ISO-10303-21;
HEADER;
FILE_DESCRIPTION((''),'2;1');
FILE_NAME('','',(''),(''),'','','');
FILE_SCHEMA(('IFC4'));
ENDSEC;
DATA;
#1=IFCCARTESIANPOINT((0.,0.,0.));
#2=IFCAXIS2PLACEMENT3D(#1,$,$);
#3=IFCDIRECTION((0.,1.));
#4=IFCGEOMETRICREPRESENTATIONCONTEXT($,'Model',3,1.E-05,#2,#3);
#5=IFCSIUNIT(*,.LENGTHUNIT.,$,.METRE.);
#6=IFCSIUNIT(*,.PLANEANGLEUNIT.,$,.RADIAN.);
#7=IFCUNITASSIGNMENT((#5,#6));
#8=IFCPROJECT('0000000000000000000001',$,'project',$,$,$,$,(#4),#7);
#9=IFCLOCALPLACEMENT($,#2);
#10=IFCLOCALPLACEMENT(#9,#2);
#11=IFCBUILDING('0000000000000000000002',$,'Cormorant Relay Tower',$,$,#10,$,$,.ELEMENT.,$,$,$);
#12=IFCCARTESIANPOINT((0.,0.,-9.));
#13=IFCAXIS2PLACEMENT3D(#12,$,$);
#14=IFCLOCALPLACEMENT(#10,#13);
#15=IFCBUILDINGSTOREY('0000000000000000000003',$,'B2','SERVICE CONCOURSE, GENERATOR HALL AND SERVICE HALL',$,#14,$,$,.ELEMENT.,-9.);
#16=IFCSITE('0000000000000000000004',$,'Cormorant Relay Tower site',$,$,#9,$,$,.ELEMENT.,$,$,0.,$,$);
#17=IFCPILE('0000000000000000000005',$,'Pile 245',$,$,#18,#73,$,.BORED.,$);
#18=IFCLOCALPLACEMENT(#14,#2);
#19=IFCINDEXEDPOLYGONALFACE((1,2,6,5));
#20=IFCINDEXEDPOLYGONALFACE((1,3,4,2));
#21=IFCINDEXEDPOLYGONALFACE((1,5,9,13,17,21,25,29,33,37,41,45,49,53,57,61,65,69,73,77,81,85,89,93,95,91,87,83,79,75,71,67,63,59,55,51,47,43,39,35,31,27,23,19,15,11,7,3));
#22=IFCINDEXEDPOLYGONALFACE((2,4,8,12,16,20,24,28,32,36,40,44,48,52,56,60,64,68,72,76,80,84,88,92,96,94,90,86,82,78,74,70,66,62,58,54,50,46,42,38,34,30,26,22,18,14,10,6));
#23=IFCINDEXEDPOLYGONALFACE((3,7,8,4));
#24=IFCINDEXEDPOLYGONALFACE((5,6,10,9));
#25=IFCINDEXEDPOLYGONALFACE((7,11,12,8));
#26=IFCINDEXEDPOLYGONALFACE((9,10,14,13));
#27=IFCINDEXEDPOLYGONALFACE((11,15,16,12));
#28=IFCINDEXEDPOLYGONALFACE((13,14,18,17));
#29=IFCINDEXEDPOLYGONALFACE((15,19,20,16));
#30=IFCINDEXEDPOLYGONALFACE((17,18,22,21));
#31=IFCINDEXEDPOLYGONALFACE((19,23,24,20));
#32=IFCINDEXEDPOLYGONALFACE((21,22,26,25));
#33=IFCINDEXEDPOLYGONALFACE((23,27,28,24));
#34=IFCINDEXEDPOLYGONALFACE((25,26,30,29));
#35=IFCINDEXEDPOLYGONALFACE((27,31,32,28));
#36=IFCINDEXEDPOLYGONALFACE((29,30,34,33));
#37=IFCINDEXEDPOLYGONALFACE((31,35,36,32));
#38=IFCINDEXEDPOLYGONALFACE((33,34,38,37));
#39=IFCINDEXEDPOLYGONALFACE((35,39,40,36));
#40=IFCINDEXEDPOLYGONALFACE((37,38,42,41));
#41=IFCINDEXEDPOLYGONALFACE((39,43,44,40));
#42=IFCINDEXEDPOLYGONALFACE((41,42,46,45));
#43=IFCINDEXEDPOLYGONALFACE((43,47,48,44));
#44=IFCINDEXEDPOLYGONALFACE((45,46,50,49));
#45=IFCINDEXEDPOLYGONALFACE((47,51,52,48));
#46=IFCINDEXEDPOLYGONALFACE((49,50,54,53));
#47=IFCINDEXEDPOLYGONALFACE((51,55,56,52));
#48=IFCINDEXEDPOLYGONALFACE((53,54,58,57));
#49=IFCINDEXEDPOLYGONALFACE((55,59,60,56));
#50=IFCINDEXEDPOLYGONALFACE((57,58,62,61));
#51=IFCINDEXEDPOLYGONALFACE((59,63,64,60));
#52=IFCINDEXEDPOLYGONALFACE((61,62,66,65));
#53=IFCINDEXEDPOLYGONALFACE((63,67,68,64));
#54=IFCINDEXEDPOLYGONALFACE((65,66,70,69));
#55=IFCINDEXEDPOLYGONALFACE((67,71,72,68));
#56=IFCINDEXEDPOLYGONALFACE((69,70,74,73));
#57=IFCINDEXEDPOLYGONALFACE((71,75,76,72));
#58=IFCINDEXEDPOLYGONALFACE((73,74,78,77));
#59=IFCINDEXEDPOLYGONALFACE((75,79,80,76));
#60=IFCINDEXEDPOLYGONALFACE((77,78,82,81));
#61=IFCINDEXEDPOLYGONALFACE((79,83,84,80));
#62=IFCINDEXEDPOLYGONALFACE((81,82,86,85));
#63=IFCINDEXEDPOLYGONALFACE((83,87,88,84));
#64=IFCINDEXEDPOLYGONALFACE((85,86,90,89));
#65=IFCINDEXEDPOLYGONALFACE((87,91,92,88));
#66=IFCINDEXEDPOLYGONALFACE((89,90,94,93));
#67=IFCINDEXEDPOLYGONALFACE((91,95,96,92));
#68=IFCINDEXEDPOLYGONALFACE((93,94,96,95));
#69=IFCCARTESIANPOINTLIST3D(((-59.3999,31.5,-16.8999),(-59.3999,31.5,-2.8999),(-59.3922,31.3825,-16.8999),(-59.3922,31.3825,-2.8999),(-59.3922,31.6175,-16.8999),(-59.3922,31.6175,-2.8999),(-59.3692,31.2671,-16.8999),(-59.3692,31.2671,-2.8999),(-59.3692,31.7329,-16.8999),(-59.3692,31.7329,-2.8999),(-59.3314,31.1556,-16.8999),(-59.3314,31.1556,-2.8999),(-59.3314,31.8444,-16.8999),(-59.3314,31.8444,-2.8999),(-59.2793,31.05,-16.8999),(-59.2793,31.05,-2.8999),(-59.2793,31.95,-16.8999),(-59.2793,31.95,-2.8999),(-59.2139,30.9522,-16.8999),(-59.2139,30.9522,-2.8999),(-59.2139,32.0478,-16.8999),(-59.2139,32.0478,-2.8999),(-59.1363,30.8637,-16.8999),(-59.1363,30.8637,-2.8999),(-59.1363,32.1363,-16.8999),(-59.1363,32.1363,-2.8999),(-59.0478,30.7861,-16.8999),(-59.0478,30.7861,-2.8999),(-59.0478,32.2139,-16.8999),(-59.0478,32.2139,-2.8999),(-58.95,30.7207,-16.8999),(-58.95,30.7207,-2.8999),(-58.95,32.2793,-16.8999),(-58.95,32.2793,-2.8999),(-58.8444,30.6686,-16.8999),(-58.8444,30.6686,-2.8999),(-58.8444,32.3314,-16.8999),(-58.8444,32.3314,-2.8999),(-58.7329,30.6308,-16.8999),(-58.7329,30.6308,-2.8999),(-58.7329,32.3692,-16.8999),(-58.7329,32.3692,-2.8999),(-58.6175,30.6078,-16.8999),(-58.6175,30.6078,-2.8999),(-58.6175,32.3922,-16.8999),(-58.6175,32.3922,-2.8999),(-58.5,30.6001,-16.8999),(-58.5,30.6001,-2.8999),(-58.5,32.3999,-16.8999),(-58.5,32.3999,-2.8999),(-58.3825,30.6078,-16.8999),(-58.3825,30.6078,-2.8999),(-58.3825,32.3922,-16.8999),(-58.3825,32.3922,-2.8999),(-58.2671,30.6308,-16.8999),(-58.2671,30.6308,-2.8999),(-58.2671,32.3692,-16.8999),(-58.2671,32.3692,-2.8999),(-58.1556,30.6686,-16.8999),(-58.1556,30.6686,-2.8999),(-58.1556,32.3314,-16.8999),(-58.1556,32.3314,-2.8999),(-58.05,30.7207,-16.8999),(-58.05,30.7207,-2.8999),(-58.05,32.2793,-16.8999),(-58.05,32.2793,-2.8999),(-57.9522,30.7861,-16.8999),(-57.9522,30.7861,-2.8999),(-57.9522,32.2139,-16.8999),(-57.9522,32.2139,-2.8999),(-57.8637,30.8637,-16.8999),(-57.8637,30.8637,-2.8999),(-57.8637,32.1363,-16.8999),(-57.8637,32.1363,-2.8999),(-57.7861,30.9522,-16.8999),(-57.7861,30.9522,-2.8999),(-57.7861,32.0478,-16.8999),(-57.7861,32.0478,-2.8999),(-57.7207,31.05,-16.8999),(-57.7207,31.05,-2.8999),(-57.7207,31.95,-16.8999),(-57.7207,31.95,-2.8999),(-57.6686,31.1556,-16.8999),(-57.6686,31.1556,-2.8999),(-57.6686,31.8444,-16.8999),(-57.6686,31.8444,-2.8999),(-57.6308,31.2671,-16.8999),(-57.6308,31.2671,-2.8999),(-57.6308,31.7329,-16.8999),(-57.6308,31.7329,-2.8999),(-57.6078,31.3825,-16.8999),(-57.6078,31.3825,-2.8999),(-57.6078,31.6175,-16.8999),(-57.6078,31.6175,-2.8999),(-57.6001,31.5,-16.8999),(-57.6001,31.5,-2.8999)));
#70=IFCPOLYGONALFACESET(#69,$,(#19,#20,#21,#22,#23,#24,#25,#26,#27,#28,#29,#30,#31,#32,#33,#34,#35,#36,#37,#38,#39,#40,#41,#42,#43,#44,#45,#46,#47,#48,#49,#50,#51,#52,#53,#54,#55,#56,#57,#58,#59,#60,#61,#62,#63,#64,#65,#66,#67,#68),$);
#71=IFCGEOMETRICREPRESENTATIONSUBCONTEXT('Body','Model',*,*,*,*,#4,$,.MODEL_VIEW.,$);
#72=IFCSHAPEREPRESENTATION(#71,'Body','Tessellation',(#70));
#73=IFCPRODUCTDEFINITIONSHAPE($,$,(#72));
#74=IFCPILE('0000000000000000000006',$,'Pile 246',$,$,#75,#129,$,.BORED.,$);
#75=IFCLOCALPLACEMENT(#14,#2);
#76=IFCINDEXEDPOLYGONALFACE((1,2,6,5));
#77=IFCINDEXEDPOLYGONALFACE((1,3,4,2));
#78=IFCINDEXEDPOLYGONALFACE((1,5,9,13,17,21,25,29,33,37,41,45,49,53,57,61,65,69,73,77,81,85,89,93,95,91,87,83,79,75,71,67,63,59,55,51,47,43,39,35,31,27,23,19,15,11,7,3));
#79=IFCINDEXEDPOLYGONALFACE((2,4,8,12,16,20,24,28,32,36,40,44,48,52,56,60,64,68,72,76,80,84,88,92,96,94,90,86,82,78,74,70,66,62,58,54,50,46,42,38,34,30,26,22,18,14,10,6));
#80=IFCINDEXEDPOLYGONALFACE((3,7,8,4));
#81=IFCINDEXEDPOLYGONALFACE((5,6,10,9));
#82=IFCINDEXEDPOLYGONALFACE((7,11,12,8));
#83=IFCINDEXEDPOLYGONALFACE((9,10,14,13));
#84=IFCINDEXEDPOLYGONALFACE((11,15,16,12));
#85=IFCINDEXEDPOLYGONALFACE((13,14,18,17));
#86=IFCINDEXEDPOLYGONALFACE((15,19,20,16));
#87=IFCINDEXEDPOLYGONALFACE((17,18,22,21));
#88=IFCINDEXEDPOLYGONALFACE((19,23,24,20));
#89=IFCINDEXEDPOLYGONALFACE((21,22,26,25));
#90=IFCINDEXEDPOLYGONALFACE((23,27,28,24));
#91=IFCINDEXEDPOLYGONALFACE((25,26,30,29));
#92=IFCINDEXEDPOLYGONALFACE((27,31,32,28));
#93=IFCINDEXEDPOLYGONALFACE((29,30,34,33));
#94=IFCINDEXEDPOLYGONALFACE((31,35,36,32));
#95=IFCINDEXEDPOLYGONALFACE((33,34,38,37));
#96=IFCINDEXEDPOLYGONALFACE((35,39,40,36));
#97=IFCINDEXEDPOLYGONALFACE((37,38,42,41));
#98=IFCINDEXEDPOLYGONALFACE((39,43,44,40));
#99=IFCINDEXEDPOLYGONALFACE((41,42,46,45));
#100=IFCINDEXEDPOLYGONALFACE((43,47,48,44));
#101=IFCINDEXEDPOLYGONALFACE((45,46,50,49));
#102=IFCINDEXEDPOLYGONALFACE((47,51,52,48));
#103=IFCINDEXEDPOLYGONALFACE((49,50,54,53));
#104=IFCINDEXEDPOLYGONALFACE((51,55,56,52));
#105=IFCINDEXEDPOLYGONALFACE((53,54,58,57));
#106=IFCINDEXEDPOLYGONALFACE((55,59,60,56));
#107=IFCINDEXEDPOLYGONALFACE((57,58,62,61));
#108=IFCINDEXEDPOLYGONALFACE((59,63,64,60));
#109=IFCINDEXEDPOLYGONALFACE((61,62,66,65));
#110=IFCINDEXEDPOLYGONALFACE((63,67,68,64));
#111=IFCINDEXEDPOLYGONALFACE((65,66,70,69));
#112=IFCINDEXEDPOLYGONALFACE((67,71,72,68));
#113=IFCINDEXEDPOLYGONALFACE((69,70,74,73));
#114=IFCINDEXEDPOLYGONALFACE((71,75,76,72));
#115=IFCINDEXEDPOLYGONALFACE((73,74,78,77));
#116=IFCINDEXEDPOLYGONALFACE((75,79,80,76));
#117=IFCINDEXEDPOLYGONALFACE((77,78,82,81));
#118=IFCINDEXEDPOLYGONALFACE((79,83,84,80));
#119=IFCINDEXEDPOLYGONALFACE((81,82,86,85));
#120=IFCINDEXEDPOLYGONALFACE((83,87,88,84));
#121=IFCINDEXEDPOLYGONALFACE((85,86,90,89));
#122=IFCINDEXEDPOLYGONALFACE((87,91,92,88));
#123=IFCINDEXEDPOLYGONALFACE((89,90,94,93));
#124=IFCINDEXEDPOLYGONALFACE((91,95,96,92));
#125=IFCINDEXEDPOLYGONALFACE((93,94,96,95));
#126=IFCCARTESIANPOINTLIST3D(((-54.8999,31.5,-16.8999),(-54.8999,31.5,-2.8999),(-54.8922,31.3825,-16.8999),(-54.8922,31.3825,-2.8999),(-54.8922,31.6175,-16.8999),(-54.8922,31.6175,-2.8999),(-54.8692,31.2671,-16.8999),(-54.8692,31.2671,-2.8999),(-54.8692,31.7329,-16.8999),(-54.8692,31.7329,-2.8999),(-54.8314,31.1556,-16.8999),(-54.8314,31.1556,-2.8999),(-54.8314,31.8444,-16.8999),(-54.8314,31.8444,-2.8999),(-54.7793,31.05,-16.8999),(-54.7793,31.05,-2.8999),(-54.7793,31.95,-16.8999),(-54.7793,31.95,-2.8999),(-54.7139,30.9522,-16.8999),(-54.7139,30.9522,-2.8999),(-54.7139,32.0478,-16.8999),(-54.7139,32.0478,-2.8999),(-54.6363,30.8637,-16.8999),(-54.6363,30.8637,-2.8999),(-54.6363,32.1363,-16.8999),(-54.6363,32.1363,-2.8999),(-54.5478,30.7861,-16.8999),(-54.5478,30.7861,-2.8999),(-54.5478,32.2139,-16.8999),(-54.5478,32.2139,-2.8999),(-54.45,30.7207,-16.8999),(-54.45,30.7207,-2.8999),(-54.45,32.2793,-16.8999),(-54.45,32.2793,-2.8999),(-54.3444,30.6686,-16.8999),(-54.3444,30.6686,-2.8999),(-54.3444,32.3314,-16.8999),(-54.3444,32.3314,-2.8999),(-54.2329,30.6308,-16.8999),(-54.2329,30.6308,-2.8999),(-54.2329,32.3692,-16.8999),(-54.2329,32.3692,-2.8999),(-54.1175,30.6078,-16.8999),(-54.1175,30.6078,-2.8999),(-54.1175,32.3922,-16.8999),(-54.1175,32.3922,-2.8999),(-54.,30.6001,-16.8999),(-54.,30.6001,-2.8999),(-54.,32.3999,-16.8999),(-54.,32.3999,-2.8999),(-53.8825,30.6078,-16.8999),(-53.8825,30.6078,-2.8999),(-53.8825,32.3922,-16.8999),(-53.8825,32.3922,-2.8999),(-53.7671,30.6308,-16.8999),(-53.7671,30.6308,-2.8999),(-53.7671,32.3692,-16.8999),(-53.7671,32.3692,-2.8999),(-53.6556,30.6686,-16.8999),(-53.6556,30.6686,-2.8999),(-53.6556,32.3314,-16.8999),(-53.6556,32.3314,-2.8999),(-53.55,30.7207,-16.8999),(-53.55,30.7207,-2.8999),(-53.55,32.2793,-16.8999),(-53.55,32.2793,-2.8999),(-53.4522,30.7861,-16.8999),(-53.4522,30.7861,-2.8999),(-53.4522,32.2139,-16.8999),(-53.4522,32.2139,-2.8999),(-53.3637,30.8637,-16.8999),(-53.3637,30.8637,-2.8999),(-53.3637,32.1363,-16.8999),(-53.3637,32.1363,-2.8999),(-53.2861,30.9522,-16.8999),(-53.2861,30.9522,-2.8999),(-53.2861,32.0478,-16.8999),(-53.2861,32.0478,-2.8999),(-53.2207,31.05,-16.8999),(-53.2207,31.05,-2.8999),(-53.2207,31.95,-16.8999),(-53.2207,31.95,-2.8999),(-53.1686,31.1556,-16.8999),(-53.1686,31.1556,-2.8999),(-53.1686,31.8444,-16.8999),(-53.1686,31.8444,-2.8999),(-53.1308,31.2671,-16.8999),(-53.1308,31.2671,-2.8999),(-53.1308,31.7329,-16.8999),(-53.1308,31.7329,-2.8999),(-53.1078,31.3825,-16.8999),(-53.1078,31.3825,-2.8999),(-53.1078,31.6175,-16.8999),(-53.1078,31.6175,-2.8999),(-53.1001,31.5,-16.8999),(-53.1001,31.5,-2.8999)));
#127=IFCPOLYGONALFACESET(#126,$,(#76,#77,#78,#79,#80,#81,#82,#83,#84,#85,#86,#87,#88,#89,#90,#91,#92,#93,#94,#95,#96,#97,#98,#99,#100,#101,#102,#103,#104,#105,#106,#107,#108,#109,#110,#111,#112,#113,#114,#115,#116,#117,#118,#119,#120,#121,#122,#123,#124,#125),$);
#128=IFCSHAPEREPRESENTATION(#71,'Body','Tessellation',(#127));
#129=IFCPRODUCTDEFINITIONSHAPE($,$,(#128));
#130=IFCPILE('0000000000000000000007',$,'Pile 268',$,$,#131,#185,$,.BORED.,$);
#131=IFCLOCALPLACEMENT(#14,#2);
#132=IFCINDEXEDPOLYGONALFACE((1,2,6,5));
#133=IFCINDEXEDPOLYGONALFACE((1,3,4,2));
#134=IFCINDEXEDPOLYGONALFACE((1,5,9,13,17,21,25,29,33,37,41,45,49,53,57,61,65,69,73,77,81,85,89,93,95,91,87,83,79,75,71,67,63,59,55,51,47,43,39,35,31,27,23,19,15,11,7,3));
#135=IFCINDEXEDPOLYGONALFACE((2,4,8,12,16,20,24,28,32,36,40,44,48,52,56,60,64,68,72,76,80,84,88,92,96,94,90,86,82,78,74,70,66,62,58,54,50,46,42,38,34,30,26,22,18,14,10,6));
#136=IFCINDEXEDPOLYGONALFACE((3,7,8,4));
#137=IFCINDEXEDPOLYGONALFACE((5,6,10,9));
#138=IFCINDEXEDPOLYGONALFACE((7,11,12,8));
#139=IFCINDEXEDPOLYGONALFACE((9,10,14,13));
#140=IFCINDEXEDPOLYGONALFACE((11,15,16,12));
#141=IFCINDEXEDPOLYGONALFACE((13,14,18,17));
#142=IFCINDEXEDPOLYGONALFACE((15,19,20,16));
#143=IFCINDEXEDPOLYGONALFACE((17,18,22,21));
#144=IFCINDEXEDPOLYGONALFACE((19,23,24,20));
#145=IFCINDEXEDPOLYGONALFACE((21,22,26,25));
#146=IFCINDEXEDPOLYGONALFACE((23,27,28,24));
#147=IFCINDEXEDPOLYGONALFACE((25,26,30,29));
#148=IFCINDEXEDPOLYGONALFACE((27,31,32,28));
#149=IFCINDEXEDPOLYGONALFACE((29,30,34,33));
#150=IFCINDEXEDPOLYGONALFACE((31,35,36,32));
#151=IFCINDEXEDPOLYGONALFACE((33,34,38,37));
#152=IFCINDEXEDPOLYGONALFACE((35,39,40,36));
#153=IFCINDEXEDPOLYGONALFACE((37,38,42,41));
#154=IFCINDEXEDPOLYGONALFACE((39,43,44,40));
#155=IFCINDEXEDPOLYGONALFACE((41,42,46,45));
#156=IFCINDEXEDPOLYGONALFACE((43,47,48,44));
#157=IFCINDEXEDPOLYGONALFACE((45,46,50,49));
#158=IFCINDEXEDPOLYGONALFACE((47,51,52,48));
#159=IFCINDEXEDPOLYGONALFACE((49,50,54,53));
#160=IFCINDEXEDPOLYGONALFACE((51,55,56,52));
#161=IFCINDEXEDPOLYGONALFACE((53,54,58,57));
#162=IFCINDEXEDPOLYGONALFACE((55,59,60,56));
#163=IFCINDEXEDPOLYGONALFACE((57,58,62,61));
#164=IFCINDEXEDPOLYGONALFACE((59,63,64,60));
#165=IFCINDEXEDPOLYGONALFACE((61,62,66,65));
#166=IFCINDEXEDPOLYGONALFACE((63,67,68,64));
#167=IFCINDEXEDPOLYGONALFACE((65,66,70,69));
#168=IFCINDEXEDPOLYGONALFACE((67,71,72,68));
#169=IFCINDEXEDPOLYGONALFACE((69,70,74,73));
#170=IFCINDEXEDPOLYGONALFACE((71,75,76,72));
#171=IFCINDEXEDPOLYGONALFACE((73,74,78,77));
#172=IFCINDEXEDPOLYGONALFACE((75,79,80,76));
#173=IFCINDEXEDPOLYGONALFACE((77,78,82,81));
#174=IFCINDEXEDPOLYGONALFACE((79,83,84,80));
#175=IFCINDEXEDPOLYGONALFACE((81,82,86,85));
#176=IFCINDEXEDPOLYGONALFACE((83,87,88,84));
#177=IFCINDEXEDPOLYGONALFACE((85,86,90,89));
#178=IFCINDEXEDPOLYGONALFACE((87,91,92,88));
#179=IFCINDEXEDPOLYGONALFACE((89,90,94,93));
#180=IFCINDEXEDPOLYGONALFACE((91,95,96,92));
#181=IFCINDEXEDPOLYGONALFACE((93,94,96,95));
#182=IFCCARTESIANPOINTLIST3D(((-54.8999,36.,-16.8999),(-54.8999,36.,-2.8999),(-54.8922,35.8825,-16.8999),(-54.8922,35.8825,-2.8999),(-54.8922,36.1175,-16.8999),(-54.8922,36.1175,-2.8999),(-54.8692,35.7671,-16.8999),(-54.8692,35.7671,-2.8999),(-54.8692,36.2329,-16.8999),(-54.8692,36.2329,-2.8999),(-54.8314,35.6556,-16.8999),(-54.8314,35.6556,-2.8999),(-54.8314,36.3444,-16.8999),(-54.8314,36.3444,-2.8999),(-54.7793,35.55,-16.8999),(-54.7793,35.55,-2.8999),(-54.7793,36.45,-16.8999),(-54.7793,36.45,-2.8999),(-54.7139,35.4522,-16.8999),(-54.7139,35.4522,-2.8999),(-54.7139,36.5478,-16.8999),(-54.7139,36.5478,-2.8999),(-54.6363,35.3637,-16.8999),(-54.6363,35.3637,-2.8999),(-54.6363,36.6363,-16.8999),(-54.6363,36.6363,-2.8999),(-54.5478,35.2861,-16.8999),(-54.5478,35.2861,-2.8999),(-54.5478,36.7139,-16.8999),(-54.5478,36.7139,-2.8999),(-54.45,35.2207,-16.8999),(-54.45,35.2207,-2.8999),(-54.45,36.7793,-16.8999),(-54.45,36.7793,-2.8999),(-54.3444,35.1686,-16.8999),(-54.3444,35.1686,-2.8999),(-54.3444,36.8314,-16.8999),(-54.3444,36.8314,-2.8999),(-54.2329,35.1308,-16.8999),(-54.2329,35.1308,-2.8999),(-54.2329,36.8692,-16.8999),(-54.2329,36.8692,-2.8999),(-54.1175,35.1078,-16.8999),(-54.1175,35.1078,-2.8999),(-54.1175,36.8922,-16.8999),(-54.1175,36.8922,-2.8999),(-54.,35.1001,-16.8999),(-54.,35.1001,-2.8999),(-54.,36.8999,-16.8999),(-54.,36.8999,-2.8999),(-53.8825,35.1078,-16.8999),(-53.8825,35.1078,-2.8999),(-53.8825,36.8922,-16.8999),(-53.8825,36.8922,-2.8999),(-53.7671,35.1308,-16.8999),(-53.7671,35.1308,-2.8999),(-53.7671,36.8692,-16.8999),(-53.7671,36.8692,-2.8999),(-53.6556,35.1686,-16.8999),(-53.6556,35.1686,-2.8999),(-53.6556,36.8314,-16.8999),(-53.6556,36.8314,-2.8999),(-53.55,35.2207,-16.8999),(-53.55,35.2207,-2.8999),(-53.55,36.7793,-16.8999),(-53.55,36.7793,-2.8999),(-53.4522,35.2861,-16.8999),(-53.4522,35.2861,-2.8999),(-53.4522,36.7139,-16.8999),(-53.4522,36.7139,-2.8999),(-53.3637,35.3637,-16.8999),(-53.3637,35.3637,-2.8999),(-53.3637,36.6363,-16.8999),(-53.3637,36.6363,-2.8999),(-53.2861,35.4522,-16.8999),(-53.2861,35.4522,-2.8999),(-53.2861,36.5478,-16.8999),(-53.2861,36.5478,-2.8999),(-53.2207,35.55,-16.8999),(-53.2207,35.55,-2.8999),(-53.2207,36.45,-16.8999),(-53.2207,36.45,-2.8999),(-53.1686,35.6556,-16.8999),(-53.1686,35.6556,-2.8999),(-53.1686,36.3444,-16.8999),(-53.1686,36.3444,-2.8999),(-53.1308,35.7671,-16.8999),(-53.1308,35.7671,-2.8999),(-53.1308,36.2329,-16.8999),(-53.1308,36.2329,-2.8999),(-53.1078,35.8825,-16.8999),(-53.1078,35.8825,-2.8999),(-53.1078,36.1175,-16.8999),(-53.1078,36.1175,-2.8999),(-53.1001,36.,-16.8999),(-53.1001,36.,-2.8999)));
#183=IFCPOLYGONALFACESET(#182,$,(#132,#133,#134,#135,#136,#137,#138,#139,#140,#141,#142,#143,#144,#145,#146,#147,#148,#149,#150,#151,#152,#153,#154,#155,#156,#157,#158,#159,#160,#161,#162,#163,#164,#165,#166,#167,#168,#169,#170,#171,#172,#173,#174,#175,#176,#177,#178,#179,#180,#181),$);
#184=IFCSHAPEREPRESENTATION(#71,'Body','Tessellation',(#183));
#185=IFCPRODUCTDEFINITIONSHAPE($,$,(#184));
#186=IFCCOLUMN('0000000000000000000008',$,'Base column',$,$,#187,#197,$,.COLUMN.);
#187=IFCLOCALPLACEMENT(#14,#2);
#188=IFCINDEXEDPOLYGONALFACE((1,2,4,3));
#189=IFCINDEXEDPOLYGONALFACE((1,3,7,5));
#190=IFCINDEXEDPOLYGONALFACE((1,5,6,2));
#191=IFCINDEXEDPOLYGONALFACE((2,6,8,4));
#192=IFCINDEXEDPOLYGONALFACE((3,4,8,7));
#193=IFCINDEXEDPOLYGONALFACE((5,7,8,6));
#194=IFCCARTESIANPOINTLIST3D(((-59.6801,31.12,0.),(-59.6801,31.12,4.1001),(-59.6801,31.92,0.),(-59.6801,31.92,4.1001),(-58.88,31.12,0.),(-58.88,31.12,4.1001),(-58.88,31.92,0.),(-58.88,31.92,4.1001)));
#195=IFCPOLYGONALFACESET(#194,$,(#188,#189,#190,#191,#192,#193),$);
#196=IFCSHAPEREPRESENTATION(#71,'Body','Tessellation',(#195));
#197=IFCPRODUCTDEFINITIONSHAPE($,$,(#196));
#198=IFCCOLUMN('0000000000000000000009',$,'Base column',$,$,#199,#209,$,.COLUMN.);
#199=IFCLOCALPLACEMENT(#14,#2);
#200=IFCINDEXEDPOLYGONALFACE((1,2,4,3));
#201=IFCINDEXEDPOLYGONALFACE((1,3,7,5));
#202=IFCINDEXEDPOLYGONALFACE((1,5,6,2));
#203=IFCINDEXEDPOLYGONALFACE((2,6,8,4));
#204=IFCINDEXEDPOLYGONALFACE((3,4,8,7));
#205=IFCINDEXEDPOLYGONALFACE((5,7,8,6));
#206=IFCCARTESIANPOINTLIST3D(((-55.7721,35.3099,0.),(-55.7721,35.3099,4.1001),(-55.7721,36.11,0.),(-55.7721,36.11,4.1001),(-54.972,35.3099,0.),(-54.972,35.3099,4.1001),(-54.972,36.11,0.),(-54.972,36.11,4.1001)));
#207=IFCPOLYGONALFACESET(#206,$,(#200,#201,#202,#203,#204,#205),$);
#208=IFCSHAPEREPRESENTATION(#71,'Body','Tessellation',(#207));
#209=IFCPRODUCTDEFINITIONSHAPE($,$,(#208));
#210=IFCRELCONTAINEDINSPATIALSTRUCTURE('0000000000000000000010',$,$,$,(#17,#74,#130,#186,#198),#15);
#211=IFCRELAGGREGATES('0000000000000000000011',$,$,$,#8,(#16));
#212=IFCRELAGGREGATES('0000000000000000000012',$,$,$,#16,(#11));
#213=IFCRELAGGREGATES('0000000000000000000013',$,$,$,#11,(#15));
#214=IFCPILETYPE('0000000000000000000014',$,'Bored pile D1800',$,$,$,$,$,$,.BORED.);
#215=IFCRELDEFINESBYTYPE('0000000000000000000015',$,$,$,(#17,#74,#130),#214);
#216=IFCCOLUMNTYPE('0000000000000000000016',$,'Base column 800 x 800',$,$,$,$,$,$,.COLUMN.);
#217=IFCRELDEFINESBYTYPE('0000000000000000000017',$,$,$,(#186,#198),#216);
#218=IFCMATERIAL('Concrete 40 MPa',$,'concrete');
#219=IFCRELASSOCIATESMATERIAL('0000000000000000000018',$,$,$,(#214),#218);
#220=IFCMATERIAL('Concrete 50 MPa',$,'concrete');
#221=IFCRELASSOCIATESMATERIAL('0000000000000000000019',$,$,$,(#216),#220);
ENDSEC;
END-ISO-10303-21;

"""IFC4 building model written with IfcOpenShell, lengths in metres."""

from ifc_helpers import new_model, si_unit, direction, frame, origin, origin_2d, place, context, subcontext, project, spatial, rectangle, circle, extrude, material, material_profile, profile_set, type_object, element, save


model = new_model("IFC4")

# Units and contexts
model_context = context("Model", 3, precision=1e-05, world=origin(), true_north=direction((0.0, 1.0)))
body_context = subcontext(model_context, "Body", "Model", "MODEL_VIEW")
ifc_project = project(units=[si_unit("LENGTHUNIT", "METRE"), si_unit("PLANEANGLEUNIT", "RADIAN")], contexts=[model_context])

# Site, building, storey
site_placement = place(None, origin())
site = spatial("IfcSite", under=ifc_project, at=site_placement, Name="Cormorant Relay Tower site", CompositionType="ELEMENT", RefElevation=0.0)
building_placement = place(site_placement, origin())
building = spatial("IfcBuilding", under=site, at=building_placement, Name="Cormorant Relay Tower", CompositionType="ELEMENT")
storey_placement = place(building_placement, frame((0.0, 0.0, -9.0)))
storey = spatial("IfcBuildingStorey", under=building, at=storey_placement, Name="B2", Description="SERVICE CONCOURSE, GENERATOR HALL AND SERVICE HALL", CompositionType="ELEMENT", Elevation=-9.0)

# Piles
ifc_material_1 = material(Name="Concrete 40 MPa", Category="concrete")
ifc_material_profile_1 = material_profile(ifc_material_1, circle(Radius=0.8999, at=origin_2d()), Name="BP1800")
ifc_profile_set_1 = profile_set([ifc_material_profile_1], Name="Concrete 40 MPa")
pile_type = type_object("IfcPileType", Name="Bored pile D1800", PredefinedType="BORED", material=ifc_profile_set_1)
for number, where, z_axis, x_axis, name in (
    (1, (-58.5, 31.5, -2.8999), (0.0, 0.0, -1.0), (1.0, 0.0, 0.0), "Pile 245"),
    (2, (-54.0, 31.5, -2.8999), (0.0, 0.0, -1.0), (1.0, 0.0, 0.0), "Pile 246"),
    (3, (-54.0, 36.0, -2.8999), (0.0, 0.0, -1.0), (1.0, 0.0, 0.0), "Pile 268"),
):
    element("IfcPile", number, at=place(storey_placement, frame(where, z_axis=z_axis, x_axis=x_axis)), inside=storey, type_object=pile_type, Name=name, PredefinedType="BORED", context=body_context, shape_type="SweptSolid", body=[
        extrude(circle(Radius=0.8999, at=origin_2d()), origin(), (0.0, 0.0, 1.0), 14.0),
    ])

# Columns
ifc_material_2 = material(Name="Concrete 50 MPa", Category="concrete")
ifc_material_profile_2 = material_profile(ifc_material_2, rectangle(XDim=0.8, YDim=0.8, at=origin_2d()), Name="RC 800x800")
ifc_profile_set_2 = profile_set([ifc_material_profile_2], Name="Concrete 50 MPa")
column_type_1 = type_object("IfcColumnType", Name="Base column 800 x 800", PredefinedType="COLUMN", material=ifc_profile_set_2)
for number, where, z_axis, x_axis, name in (
    (4, (-59.28, 31.52, 0.0), (0.0, 0.0, 1.0), (1.0, 0.0, 0.0), "Base column"),
    (5, (-55.3721, 35.71, 0.0), (0.0, 0.0, 1.0), (1.0, 0.0, 0.0), "Base column"),
):
    element("IfcColumn", number, at=place(storey_placement, frame(where, z_axis=z_axis, x_axis=x_axis)), inside=storey, type_object=column_type_1, Name=name, PredefinedType="COLUMN", context=body_context, shape_type="SweptSolid", body=[
        extrude(rectangle(XDim=0.8, YDim=0.8, at=origin_2d()), origin(), (0.0, 0.0, 1.0), 4.1001),
    ])

save(model, "model.ifc")
